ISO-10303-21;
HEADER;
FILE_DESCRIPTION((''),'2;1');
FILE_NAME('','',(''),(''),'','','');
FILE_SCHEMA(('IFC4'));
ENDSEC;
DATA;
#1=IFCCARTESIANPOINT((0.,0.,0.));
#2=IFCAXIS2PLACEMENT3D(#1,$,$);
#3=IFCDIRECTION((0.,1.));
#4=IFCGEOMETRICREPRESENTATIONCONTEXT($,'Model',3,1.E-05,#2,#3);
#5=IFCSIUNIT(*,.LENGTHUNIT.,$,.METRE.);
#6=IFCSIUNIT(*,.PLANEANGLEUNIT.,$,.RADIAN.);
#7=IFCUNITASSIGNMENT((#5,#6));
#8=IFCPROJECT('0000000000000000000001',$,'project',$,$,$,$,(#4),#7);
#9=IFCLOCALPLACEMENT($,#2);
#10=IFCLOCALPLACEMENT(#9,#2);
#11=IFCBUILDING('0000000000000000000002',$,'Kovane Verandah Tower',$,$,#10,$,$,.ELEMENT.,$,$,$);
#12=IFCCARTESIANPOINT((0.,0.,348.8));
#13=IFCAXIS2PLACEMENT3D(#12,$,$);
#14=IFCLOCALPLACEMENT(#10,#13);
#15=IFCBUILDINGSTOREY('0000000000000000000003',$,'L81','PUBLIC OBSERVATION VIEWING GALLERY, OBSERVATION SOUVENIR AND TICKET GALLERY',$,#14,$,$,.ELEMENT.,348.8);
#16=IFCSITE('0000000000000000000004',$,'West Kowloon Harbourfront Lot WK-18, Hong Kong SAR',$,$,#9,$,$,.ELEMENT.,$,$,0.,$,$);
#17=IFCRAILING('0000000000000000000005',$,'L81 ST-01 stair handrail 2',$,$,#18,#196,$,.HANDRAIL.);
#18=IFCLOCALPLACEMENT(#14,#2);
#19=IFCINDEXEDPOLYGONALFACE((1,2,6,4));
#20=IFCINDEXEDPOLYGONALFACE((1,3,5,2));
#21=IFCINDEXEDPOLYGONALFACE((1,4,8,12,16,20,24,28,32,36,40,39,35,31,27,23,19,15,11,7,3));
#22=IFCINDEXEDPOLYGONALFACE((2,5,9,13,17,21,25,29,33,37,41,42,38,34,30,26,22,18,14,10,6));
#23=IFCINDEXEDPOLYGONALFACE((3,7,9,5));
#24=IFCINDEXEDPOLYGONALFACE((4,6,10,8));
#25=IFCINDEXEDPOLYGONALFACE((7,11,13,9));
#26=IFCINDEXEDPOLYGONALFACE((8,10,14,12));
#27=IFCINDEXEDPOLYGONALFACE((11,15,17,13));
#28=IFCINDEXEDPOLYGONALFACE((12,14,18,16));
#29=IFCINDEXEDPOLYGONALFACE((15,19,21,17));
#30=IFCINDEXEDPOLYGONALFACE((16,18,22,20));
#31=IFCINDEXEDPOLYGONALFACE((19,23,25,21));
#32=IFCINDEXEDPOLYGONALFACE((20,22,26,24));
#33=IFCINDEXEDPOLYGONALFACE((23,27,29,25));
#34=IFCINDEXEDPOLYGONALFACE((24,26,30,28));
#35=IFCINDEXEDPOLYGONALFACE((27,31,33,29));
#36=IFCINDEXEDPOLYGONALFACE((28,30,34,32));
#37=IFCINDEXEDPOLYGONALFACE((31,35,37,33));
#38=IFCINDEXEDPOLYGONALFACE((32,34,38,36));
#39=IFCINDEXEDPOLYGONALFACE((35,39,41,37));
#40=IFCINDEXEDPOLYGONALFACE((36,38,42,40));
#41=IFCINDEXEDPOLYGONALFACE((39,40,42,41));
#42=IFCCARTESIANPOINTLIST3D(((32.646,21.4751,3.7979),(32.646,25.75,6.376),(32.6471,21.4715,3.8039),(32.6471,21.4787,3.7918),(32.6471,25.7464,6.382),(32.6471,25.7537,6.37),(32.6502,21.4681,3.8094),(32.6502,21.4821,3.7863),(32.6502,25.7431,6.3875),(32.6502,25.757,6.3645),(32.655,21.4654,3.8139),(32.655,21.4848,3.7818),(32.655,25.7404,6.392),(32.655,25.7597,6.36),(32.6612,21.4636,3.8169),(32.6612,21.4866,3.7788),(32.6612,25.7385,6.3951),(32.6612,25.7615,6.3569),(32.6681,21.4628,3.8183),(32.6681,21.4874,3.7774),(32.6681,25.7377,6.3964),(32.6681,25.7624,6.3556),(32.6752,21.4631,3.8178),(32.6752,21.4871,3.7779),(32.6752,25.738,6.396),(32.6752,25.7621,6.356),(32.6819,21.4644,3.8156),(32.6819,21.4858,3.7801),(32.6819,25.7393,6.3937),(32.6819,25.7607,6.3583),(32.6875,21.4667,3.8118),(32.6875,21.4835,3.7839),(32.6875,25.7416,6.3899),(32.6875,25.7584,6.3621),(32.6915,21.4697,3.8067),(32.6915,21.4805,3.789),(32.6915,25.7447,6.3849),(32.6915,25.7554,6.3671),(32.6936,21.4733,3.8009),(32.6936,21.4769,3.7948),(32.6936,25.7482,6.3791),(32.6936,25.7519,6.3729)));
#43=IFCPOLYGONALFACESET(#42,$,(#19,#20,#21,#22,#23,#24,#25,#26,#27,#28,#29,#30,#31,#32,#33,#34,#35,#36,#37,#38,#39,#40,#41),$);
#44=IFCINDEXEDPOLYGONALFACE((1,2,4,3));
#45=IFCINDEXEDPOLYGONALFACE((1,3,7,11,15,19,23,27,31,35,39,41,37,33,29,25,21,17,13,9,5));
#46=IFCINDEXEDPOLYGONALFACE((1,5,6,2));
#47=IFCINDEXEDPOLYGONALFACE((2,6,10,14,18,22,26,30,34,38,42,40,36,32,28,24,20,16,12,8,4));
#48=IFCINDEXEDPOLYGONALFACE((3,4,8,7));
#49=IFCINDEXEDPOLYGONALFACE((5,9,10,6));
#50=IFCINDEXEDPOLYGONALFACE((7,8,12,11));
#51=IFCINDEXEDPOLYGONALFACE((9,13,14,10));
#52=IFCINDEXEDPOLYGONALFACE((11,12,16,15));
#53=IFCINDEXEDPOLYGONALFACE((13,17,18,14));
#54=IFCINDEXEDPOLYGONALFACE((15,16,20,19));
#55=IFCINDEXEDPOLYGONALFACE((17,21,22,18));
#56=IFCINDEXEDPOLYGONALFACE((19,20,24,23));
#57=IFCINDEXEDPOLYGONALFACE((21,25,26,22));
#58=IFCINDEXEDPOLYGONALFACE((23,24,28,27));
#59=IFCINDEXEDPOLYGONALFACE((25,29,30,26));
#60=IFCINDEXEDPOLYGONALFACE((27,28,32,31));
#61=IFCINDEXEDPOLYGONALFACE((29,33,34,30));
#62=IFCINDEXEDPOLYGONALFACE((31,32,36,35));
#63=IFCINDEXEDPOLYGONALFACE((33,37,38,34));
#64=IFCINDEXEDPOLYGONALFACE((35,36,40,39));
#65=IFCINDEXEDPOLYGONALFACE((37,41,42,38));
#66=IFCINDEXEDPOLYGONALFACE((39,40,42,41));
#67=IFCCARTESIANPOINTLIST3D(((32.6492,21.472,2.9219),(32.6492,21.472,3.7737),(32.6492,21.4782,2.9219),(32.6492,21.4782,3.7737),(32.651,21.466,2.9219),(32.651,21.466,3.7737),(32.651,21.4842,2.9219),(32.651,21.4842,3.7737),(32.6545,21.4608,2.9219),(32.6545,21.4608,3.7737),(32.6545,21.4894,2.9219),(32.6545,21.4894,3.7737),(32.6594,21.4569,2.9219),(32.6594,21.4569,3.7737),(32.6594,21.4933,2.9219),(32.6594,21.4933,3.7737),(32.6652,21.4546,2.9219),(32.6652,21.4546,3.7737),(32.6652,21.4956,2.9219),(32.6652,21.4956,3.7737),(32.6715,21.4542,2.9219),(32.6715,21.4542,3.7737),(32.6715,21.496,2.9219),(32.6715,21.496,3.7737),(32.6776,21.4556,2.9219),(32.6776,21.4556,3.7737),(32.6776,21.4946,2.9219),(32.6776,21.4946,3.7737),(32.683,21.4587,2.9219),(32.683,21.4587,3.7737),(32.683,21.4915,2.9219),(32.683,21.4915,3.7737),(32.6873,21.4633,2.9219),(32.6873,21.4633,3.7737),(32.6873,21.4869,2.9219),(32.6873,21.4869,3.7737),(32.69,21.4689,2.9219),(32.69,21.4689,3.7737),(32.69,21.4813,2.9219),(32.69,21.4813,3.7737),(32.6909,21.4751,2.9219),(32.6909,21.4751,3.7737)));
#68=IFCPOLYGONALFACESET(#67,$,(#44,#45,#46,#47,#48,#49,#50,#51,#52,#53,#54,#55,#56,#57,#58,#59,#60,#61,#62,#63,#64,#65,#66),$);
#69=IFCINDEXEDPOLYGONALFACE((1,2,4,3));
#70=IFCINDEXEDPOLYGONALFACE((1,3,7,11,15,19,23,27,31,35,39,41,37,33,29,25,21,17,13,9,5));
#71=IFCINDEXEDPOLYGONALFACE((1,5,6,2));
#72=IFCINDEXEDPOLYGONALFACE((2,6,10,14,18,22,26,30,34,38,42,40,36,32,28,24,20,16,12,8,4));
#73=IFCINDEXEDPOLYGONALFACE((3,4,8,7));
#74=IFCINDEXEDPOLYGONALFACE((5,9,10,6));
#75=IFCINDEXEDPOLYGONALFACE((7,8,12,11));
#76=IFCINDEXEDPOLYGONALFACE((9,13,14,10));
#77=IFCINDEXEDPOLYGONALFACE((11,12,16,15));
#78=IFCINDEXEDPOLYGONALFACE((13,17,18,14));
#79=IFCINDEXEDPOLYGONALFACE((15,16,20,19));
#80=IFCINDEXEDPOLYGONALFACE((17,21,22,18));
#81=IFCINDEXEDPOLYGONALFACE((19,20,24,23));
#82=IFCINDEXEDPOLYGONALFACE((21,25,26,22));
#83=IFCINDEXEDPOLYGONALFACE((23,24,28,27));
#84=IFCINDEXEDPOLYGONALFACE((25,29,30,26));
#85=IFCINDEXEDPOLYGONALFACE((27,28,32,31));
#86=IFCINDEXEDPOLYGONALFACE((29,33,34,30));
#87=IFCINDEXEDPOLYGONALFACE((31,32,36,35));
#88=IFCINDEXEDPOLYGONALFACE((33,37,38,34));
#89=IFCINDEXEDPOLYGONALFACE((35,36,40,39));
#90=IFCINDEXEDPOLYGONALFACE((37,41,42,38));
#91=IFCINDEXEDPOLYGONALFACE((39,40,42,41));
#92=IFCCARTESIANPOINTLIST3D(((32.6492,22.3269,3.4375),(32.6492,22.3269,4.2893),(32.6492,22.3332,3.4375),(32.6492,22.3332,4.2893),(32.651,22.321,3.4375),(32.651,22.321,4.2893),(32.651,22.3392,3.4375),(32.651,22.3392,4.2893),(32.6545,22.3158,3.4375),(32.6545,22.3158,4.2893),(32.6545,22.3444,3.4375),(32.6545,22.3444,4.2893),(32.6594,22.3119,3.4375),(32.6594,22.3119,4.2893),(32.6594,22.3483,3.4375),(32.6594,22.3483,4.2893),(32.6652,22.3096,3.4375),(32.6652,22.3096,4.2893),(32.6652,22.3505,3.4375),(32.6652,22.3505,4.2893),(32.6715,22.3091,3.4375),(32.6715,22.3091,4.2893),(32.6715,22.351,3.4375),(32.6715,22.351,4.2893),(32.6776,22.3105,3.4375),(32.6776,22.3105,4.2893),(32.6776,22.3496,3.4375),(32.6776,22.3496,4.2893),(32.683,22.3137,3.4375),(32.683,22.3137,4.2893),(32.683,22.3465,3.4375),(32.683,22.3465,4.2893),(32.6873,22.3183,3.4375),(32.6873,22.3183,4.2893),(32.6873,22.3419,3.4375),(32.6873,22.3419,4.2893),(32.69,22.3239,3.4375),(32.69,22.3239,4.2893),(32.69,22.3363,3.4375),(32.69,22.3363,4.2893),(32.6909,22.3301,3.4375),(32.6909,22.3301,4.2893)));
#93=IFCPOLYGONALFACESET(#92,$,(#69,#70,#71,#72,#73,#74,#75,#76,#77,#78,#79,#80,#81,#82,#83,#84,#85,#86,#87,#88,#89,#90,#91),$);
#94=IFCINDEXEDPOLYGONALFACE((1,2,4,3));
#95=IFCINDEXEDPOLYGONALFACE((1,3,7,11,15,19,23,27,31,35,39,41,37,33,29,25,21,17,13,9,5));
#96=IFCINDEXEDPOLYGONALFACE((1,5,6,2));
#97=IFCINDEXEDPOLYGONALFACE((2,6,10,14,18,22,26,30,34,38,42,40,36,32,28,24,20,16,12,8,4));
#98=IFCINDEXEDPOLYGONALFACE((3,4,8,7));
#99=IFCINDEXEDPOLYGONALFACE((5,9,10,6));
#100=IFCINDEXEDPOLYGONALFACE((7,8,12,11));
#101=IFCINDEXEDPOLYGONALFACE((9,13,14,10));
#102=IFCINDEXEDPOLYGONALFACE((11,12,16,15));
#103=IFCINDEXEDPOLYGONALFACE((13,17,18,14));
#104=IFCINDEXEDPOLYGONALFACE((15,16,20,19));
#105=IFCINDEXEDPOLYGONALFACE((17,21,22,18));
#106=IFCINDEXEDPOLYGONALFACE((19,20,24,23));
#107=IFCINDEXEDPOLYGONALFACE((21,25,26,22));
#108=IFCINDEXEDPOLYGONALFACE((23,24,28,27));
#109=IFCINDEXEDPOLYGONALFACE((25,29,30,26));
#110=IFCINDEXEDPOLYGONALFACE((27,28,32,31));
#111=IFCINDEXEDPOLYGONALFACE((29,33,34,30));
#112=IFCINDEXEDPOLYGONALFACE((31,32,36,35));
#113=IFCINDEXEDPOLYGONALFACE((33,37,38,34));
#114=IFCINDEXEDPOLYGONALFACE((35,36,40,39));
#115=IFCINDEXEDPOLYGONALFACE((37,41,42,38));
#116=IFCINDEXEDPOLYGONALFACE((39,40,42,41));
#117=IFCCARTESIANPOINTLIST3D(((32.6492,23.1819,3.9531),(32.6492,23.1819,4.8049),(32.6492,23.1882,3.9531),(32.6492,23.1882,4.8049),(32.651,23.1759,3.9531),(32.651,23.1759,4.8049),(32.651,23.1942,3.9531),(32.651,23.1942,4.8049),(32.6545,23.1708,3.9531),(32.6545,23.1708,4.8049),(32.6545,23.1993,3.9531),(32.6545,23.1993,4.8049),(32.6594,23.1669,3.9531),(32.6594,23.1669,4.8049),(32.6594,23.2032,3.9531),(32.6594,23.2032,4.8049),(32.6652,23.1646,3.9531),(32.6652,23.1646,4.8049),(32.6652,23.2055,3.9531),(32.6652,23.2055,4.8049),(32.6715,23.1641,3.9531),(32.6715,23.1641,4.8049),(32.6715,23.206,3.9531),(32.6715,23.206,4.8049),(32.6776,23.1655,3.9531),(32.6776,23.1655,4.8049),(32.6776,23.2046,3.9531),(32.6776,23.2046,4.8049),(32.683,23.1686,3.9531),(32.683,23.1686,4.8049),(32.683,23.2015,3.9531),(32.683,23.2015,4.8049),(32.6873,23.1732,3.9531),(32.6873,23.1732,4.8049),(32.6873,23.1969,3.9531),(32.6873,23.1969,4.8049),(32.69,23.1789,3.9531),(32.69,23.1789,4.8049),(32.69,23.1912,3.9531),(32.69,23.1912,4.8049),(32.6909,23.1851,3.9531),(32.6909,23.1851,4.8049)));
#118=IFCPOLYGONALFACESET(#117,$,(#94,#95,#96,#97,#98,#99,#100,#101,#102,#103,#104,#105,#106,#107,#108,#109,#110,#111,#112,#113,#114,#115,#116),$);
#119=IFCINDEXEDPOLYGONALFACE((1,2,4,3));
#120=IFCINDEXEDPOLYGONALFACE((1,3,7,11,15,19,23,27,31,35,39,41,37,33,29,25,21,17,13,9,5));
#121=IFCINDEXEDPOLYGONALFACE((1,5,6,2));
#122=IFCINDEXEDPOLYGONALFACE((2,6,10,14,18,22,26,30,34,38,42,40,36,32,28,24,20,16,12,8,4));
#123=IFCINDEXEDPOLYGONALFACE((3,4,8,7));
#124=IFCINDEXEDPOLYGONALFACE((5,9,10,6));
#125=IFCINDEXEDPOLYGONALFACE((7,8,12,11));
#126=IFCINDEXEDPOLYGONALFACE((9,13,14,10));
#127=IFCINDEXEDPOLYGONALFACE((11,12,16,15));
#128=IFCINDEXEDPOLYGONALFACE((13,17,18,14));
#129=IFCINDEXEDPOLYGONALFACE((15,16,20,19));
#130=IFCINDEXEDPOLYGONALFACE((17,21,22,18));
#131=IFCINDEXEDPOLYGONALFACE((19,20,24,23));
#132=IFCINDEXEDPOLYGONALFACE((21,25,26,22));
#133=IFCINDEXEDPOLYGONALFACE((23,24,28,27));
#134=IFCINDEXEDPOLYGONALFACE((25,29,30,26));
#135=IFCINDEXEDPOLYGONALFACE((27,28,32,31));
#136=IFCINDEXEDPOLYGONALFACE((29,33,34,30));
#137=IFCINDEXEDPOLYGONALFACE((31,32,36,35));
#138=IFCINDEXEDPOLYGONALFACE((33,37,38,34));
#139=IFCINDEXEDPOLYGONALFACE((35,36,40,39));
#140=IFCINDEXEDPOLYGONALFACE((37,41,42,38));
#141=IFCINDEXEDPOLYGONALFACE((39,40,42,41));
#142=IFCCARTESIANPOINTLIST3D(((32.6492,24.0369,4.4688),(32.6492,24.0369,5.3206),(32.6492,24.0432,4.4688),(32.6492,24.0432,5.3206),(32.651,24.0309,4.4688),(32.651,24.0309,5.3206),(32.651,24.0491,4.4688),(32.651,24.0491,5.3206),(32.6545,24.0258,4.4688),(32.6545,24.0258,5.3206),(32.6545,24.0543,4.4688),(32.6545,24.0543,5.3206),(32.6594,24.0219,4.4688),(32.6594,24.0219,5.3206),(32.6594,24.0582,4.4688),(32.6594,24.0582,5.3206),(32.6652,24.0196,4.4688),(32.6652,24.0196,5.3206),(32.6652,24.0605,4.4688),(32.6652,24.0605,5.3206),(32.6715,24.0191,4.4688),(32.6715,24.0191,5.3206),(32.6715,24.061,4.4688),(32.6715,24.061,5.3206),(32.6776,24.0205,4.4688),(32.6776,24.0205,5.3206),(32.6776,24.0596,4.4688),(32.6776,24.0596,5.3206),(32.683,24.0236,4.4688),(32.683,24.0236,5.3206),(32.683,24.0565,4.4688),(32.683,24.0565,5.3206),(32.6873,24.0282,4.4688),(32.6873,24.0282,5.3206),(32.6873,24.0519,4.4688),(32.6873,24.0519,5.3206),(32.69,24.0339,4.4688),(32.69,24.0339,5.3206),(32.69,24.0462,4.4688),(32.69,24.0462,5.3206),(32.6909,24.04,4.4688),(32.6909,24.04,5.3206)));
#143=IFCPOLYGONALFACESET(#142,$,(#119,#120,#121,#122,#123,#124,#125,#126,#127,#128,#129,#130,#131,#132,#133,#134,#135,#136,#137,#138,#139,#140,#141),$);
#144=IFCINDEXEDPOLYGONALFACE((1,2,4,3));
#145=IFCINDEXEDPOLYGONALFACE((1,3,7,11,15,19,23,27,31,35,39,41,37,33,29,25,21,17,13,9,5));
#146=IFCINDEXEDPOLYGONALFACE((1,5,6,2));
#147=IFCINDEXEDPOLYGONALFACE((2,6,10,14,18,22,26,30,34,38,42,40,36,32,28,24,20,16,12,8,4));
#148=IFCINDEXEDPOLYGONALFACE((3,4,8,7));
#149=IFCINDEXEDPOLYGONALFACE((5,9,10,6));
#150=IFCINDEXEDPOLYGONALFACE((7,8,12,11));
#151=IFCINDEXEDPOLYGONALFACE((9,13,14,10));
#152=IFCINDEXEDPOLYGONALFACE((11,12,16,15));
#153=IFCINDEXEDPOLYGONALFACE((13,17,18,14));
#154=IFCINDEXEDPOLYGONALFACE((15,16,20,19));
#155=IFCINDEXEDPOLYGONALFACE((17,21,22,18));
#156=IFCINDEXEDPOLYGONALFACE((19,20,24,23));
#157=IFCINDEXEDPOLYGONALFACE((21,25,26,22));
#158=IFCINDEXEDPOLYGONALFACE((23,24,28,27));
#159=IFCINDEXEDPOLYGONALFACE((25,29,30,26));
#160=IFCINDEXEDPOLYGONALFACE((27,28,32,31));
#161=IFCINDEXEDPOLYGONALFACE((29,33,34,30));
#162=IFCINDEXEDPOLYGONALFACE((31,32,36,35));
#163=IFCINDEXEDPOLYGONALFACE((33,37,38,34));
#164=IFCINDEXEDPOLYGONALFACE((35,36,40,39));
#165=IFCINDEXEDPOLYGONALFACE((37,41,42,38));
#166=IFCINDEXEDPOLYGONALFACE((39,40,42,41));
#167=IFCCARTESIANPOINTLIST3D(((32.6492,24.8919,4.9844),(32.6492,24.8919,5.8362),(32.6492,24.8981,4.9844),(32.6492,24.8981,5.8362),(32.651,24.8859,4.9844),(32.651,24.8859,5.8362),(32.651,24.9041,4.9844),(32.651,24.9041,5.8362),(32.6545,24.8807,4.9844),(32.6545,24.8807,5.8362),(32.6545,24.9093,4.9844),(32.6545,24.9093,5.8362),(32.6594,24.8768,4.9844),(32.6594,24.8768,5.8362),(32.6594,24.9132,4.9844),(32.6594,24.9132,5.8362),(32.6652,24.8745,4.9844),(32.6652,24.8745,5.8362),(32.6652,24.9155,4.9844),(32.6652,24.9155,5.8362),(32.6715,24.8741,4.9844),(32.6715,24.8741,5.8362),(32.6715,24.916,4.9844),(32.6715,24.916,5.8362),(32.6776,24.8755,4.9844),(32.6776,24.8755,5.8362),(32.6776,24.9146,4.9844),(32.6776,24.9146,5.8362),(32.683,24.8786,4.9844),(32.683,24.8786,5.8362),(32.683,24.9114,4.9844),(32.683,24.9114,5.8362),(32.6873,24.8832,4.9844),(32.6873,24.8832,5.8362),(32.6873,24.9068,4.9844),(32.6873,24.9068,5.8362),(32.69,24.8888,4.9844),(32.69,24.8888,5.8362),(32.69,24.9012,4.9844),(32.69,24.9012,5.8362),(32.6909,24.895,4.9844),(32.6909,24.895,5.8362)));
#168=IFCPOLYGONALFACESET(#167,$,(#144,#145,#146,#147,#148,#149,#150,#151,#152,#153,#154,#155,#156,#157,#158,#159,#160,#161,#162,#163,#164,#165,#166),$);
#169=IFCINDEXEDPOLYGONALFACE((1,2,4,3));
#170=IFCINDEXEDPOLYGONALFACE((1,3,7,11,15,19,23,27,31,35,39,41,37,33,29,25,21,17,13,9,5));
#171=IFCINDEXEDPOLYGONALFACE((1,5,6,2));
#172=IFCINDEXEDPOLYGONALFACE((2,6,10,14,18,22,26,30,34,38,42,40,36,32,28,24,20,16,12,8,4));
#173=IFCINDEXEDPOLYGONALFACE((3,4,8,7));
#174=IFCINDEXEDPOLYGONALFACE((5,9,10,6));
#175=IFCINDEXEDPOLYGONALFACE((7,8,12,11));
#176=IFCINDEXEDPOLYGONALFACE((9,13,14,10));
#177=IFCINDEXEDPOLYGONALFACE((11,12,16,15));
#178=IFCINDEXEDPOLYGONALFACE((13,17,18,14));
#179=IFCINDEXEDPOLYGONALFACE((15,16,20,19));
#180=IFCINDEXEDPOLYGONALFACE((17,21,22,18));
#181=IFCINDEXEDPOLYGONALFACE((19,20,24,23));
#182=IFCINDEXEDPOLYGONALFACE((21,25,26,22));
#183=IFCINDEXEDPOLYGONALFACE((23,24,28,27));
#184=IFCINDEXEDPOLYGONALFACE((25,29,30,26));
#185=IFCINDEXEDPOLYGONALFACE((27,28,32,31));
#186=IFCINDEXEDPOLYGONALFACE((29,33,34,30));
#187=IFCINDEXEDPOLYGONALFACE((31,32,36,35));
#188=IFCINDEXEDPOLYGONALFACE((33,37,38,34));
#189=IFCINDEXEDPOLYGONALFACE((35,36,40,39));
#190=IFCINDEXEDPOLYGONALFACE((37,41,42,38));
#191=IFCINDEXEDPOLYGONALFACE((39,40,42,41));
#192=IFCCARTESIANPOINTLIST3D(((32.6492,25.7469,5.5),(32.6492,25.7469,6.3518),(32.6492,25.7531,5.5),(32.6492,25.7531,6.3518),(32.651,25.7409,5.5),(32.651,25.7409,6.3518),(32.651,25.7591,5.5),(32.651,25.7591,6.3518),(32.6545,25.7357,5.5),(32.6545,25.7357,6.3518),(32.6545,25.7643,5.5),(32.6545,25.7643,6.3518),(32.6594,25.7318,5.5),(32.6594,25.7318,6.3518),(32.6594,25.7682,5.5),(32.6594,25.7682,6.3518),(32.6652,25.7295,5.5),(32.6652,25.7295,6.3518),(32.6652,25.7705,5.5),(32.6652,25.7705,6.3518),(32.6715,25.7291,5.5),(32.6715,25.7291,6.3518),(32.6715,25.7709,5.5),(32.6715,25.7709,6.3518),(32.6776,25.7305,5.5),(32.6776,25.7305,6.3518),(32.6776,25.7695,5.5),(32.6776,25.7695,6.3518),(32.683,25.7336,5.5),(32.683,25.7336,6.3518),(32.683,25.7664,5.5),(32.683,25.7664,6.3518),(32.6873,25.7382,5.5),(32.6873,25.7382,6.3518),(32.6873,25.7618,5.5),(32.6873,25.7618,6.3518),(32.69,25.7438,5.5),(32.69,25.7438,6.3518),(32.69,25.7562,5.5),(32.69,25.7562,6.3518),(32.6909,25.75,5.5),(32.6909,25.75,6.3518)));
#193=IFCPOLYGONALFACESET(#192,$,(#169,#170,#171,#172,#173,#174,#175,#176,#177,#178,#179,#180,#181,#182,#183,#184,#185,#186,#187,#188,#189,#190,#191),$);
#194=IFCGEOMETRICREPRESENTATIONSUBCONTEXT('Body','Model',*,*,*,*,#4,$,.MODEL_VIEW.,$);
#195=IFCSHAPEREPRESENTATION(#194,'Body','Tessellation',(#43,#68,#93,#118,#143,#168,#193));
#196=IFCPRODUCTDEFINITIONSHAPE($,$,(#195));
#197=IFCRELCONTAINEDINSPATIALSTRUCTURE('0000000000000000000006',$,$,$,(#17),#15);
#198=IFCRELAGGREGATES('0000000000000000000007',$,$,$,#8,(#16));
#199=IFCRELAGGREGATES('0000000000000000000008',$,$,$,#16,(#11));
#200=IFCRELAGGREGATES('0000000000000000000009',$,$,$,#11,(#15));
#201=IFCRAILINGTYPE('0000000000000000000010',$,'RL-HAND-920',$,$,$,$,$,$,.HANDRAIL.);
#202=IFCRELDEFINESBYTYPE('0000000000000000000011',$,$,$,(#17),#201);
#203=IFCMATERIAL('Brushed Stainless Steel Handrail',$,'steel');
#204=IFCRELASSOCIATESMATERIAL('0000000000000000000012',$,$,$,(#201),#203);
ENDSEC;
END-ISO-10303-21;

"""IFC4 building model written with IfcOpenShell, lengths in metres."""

from ifc_helpers import new_model, si_unit, direction, frame, origin, origin_2d, place, context, subcontext, project, spatial, circle, extrude, material, type_object, element, save


model = new_model("IFC4")

# Units and contexts
model_context = context("Model", 3, precision=1e-05, world=origin(), true_north=direction((0.0, 1.0)))
body_context = subcontext(model_context, "Body", "Model", "MODEL_VIEW")
ifc_project = project(units=[si_unit("LENGTHUNIT", "METRE"), si_unit("PLANEANGLEUNIT", "RADIAN")], contexts=[model_context])

# Site, building, storey
site_placement = place(None, origin())
site = spatial("IfcSite", under=ifc_project, at=site_placement, Name="West Kowloon Harbourfront Lot WK-18, Hong Kong SAR", CompositionType="ELEMENT", RefElevation=0.0)
building_placement = place(site_placement, origin())
building = spatial("IfcBuilding", under=site, at=building_placement, Name="Kovane Verandah Tower", CompositionType="ELEMENT")
storey_placement = place(building_placement, frame((0.0, 0.0, 348.8)))
storey = spatial("IfcBuildingStorey", under=building, at=storey_placement, Name="L81", Description="PUBLIC OBSERVATION VIEWING GALLERY, OBSERVATION SOUVENIR AND TICKET GALLERY", CompositionType="ELEMENT", Elevation=348.8)

# Railing
ifc_material_1 = material(Name="Brushed Stainless Steel Handrail", Category="steel")
railing_type_1 = type_object("IfcRailingType", Name="RL-HAND-920", PredefinedType="HANDRAIL", material=ifc_material_1)
railing_1_placement = place(storey_placement, frame((32.6699, 21.4751, 2.9219)))
element("IfcRailing", 1, at=railing_1_placement, inside=storey, type_object=railing_type_1, Name="L81 ST-01 stair handrail 2", PredefinedType="HANDRAIL", context=body_context, shape_type="SweptSolid", body=[
    extrude(circle(Radius=0.0239, at=origin_2d()), frame((0.0, 0.0, 0.876), z_axis=(0.0, 0.856326, 0.516436), x_axis=(-1.0, 0.0, 0.0)), (0.0, 0.0, 1.0), 4.9922),
    extrude(circle(Radius=0.021, at=origin_2d()), origin(), (0.0, 0.0, 1.0), 0.8518),
    extrude(circle(Radius=0.021, at=origin_2d()), frame((0.0, 0.855, 0.5156)), (0.0, 0.0, 1.0), 0.8518),
    extrude(circle(Radius=0.021, at=origin_2d()), frame((0.0, 1.71, 1.0312)), (0.0, 0.0, 1.0), 0.8518),
    extrude(circle(Radius=0.021, at=origin_2d()), frame((0.0, 2.5649, 1.5469)), (0.0, 0.0, 1.0), 0.8518),
    extrude(circle(Radius=0.021, at=origin_2d()), frame((0.0, 3.4199, 2.0625)), (0.0, 0.0, 1.0), 0.8518),
    extrude(circle(Radius=0.021, at=origin_2d()), frame((0.0, 4.2749, 2.5781)), (0.0, 0.0, 1.0), 0.8518),
])

save(model, "model.ifc")
